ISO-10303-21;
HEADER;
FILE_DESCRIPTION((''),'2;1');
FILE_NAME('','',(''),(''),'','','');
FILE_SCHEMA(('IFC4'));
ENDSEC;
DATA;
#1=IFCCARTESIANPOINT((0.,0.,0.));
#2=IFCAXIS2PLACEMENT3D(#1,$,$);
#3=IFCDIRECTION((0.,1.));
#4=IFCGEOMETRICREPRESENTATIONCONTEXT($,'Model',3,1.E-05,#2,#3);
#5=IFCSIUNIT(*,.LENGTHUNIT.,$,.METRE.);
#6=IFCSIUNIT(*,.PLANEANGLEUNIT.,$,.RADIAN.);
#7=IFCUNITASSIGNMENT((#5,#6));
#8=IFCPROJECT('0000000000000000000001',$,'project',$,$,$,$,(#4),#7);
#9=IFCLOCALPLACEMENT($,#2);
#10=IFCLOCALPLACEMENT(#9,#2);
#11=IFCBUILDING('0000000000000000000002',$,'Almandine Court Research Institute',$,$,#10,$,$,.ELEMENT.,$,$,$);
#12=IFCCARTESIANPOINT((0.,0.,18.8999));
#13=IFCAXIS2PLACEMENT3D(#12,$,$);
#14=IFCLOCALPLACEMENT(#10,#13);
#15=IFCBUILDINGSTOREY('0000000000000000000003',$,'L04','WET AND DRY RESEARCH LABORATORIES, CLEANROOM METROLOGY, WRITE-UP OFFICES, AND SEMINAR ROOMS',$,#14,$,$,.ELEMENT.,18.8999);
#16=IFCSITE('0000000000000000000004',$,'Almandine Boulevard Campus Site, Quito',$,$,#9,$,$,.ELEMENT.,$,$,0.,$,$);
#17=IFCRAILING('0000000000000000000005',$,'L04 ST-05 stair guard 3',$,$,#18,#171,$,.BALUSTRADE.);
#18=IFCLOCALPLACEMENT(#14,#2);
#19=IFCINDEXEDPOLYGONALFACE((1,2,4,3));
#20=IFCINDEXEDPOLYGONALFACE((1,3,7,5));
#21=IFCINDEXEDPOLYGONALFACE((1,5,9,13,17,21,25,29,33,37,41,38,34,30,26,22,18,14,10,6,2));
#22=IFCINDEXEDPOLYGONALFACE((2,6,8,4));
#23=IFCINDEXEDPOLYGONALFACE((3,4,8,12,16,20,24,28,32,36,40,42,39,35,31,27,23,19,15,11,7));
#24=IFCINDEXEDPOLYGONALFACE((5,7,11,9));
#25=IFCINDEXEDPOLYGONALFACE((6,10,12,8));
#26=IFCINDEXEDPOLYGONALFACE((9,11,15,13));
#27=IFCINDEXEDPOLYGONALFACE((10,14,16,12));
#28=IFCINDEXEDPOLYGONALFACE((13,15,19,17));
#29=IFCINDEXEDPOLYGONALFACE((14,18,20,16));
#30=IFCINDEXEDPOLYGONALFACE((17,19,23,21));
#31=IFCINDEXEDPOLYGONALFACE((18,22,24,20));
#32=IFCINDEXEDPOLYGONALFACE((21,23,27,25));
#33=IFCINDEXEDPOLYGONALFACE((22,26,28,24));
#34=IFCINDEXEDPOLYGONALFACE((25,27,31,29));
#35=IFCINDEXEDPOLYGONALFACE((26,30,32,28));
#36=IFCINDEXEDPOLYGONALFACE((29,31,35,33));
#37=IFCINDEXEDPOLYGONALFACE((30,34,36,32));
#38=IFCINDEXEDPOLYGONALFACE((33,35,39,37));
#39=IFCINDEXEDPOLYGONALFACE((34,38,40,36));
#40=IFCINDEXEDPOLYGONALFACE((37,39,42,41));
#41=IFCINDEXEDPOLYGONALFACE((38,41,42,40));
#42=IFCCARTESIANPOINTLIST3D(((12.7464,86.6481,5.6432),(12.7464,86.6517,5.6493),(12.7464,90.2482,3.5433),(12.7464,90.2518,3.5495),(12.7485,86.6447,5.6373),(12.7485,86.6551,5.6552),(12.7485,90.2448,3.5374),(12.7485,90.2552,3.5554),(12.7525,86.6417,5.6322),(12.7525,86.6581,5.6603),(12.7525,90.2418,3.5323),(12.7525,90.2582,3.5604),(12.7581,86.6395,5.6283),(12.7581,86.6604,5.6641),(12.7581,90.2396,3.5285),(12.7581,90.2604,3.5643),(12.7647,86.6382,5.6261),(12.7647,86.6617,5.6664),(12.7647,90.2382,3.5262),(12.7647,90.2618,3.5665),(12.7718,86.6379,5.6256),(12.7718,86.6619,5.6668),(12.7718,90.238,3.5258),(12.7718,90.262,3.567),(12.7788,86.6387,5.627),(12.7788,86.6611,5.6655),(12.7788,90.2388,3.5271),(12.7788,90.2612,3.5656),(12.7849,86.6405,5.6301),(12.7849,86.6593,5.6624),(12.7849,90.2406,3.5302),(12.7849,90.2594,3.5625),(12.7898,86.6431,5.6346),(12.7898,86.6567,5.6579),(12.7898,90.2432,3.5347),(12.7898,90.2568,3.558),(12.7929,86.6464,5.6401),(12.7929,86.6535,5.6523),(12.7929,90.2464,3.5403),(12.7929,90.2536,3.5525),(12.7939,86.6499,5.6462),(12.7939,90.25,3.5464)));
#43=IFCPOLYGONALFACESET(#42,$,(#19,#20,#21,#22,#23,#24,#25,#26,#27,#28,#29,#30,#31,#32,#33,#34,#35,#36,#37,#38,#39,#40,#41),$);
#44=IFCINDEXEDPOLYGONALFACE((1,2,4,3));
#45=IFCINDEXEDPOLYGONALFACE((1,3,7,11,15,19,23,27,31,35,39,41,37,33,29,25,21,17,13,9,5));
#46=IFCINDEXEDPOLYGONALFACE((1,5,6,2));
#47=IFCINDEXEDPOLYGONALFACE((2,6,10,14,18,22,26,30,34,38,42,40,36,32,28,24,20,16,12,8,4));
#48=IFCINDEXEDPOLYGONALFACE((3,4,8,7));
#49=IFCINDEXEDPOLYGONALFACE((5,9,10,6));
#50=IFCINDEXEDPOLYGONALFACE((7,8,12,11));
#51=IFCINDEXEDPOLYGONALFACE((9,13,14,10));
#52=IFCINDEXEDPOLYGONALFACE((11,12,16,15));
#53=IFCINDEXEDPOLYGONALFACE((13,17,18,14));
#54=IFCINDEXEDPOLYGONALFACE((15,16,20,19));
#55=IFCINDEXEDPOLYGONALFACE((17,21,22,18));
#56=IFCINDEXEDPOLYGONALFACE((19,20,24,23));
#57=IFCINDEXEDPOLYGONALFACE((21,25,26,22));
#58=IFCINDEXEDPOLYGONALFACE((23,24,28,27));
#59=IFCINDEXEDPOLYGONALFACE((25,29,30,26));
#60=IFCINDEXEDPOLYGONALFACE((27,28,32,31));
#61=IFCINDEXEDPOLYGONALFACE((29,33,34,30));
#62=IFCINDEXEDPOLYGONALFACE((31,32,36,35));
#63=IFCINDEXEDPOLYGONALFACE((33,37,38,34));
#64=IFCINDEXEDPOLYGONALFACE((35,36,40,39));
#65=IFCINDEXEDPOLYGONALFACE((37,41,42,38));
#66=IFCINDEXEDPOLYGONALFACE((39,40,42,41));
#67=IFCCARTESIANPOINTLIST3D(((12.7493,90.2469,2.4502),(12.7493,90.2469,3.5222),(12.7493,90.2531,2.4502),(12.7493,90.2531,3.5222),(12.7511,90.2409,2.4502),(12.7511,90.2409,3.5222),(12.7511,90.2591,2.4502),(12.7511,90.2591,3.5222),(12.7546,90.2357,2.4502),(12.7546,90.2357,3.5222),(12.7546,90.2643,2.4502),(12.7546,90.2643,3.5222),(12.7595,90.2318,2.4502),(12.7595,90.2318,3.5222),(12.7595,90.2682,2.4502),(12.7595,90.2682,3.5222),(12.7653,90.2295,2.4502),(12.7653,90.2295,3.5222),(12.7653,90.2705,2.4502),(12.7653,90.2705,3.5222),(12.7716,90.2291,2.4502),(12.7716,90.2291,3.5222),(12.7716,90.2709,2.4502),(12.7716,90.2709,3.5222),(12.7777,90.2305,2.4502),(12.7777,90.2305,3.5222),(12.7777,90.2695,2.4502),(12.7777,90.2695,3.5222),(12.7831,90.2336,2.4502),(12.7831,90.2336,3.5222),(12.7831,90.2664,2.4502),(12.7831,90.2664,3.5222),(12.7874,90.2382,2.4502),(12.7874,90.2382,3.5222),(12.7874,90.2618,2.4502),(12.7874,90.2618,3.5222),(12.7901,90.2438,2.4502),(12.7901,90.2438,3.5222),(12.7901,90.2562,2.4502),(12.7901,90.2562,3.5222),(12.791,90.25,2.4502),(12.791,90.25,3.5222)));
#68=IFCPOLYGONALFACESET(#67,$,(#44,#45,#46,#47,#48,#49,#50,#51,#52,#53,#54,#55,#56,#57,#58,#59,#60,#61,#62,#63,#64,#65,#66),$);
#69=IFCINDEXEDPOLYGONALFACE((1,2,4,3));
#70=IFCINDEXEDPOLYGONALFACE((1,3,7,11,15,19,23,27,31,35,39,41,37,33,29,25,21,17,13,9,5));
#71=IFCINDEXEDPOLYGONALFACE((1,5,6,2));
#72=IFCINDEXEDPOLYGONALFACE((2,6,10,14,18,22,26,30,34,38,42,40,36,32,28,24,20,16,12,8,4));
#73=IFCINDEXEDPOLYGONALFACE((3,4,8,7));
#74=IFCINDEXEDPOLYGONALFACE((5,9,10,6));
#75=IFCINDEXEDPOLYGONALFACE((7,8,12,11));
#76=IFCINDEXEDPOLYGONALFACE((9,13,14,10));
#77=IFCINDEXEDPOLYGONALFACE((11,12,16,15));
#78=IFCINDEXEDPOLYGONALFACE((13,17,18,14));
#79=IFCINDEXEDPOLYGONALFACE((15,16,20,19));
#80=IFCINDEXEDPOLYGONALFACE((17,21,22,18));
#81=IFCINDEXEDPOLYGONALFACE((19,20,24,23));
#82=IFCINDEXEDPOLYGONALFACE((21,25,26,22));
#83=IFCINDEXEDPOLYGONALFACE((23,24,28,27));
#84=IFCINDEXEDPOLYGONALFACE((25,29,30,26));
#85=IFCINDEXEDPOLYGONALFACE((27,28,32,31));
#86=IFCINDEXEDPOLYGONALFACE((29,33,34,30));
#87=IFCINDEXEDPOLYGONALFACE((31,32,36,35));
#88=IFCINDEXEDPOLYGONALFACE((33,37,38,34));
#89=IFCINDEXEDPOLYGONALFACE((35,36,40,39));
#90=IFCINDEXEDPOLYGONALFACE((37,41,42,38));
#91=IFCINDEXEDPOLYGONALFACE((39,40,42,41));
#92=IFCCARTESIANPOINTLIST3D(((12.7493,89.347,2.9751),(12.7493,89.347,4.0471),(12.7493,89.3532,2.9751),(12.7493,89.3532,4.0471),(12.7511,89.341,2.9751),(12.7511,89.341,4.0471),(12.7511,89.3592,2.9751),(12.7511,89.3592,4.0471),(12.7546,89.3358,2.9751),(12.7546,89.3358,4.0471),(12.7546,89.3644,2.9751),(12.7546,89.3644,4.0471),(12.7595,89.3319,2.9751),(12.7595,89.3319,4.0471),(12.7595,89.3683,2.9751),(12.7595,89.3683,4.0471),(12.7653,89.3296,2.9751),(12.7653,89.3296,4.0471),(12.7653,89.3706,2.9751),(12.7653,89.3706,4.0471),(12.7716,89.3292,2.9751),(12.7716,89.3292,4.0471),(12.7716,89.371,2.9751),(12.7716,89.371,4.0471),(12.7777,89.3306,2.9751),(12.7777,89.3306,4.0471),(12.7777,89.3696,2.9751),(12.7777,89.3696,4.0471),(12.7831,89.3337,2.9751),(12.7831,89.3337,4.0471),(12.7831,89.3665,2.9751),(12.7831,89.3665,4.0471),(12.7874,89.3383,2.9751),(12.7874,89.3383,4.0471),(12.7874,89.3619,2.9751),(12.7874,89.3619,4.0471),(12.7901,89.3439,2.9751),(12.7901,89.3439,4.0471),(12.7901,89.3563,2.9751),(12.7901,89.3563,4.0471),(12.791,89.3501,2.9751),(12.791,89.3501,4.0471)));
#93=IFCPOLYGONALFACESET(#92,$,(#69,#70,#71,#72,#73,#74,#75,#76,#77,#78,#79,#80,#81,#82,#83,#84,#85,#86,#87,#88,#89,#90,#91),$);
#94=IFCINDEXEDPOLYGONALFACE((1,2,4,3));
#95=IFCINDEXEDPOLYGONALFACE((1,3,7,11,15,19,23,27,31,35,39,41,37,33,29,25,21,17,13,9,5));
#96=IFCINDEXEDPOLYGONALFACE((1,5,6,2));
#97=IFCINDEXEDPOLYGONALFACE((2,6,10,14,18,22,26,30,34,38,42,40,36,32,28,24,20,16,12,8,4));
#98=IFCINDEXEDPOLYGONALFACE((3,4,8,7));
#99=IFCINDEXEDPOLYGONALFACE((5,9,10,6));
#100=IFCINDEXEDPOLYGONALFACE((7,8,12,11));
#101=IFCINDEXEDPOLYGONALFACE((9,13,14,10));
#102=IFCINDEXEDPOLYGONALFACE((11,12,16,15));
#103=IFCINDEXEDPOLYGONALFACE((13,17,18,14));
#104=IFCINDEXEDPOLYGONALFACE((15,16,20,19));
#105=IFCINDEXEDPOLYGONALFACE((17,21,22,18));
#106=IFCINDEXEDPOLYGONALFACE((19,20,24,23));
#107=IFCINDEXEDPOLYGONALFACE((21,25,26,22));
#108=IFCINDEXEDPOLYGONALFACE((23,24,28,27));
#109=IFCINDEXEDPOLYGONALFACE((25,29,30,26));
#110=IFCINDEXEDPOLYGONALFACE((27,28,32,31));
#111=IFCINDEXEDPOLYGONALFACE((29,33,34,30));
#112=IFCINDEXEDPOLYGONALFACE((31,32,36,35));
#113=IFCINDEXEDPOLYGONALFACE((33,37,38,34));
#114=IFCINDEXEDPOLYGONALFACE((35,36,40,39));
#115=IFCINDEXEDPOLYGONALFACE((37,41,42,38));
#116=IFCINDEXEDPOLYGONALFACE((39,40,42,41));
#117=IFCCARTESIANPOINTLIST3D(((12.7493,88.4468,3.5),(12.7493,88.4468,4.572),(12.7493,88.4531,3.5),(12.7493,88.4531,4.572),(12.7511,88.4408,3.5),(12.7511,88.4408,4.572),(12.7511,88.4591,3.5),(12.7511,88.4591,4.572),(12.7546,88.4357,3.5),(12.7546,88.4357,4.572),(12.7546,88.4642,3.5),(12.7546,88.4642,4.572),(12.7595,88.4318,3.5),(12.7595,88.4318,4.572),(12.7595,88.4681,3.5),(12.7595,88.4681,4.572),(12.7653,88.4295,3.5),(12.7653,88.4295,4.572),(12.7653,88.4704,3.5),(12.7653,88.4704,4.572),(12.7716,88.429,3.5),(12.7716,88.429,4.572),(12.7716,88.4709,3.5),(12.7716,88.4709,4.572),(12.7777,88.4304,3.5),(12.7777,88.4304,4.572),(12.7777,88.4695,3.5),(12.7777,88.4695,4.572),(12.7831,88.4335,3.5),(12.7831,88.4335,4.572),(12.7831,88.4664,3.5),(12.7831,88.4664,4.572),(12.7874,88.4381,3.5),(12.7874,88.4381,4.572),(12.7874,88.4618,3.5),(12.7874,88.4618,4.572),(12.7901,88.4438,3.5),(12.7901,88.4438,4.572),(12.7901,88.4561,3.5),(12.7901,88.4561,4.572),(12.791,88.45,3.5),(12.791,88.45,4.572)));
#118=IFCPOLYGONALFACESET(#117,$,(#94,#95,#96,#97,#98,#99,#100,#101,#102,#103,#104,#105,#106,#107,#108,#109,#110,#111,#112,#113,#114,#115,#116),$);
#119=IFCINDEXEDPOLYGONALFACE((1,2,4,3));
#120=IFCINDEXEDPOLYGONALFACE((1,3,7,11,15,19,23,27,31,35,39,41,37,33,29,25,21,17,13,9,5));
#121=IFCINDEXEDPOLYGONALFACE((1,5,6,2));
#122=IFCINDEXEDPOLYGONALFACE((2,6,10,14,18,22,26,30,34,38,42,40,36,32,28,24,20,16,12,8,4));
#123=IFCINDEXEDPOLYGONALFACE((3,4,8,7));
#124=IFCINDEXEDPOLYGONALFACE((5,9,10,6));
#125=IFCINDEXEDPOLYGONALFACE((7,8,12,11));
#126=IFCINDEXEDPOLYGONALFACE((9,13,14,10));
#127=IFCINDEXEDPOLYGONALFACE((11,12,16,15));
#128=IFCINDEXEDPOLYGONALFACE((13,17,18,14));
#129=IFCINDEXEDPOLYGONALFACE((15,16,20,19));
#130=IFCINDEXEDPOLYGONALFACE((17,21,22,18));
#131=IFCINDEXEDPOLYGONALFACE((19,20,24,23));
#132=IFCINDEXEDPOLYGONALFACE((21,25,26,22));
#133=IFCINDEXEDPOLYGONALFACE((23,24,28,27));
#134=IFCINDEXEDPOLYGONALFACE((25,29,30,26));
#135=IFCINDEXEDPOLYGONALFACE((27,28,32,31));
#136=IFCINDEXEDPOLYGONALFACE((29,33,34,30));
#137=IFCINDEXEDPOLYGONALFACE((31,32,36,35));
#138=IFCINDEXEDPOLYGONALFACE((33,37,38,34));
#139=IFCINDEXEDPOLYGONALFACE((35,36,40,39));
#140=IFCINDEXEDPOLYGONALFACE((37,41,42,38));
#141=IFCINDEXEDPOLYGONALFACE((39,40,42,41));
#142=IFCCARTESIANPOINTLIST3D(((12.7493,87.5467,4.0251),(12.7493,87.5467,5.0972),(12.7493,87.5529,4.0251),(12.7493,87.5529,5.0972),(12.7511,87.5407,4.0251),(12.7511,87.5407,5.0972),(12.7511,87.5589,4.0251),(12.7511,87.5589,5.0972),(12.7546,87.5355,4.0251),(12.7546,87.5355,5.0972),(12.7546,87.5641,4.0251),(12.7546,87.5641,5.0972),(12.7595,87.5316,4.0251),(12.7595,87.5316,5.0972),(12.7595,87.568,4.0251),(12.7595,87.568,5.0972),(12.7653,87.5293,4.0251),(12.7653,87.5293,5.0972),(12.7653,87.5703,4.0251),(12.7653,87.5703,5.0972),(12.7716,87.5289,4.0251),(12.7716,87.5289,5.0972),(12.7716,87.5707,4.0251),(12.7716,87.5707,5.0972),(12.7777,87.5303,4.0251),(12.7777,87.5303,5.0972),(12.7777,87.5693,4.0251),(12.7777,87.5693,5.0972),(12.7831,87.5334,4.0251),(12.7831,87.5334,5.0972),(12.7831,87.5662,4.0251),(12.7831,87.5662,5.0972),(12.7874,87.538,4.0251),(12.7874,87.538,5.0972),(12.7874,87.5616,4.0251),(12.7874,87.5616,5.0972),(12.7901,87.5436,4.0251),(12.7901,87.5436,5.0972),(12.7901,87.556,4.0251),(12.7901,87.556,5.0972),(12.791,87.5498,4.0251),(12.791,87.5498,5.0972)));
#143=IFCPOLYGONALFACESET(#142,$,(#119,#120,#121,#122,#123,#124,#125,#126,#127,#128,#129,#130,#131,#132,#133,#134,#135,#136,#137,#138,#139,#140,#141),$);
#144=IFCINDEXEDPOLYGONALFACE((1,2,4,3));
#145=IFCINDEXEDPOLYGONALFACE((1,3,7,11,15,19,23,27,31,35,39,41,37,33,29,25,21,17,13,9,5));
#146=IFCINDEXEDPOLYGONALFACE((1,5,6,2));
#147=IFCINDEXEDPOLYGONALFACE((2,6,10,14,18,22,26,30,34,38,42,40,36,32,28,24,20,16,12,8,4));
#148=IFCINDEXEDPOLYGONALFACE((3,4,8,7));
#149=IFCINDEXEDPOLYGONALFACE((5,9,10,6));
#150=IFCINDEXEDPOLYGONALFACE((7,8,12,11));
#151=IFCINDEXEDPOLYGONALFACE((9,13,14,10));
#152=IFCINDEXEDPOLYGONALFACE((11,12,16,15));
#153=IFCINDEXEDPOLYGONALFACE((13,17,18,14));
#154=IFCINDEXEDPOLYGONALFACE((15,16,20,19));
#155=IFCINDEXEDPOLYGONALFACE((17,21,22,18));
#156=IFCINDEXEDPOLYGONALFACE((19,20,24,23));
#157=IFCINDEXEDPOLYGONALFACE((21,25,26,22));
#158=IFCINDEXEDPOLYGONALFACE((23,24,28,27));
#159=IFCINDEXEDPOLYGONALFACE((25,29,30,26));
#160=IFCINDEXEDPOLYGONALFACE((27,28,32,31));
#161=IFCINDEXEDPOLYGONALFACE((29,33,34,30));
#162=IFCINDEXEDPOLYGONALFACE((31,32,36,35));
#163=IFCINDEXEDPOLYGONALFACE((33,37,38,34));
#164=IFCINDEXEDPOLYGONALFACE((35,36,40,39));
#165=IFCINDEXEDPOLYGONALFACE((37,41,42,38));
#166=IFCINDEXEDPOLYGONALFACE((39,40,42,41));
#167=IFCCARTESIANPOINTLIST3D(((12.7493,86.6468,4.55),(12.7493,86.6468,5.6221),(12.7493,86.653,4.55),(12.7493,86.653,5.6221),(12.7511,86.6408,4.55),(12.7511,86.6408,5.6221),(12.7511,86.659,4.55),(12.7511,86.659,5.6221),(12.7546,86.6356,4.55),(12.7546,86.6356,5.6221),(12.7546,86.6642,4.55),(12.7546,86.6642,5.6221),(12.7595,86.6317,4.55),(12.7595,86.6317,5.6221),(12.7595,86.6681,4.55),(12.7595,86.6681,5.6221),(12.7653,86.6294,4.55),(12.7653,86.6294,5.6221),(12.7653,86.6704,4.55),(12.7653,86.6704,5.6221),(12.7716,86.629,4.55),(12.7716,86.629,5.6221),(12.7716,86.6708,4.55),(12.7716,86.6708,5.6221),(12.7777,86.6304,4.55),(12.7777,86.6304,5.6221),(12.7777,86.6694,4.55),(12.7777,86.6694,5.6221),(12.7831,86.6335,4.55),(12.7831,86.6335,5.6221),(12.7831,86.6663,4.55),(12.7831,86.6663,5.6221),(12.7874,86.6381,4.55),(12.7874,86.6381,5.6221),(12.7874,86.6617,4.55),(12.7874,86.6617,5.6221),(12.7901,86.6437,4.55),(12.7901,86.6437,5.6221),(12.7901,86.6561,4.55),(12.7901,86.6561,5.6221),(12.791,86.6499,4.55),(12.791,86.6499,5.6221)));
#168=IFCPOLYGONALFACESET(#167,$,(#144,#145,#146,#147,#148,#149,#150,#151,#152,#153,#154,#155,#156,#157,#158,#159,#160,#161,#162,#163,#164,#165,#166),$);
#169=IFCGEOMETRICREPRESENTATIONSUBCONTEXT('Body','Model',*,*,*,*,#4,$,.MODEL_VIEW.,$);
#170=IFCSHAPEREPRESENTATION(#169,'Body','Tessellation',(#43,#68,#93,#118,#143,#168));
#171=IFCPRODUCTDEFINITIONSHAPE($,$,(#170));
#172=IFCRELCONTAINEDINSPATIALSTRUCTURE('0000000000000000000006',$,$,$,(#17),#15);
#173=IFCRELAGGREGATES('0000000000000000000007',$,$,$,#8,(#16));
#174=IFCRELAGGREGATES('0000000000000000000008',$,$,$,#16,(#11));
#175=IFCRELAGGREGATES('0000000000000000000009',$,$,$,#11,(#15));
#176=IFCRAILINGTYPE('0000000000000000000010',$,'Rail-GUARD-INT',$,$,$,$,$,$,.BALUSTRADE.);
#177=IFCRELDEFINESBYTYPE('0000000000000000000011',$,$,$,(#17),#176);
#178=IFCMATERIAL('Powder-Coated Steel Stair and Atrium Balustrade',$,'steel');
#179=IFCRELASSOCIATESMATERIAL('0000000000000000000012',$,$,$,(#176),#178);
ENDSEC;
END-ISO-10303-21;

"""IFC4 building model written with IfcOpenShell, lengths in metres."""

from ifc_helpers import new_model, si_unit, direction, frame, origin, origin_2d, place, context, subcontext, project, spatial, circle, extrude, material, type_object, element, save


model = new_model("IFC4")

# Units and contexts
model_context = context("Model", 3, precision=1e-05, world=origin(), true_north=direction((0.0, 1.0)))
body_context = subcontext(model_context, "Body", "Model", "MODEL_VIEW")
ifc_project = project(units=[si_unit("LENGTHUNIT", "METRE"), si_unit("PLANEANGLEUNIT", "RADIAN")], contexts=[model_context])

# Site, building, storey
site_placement = place(None, origin())
site = spatial("IfcSite", under=ifc_project, at=site_placement, Name="Almandine Boulevard Campus Site, Quito", CompositionType="ELEMENT", RefElevation=0.0)
building_placement = place(site_placement, origin())
building = spatial("IfcBuilding", under=site, at=building_placement, Name="Almandine Court Research Institute", CompositionType="ELEMENT")
storey_placement = place(building_placement, frame((0.0, 0.0, 18.8999)))
storey = spatial("IfcBuildingStorey", under=building, at=storey_placement, Name="L04", Description="WET AND DRY RESEARCH LABORATORIES, CLEANROOM METROLOGY, WRITE-UP OFFICES, AND SEMINAR ROOMS", CompositionType="ELEMENT", Elevation=18.8999)

# Railing
ifc_material_1 = material(Name="Powder-Coated Steel Stair and Atrium Balustrade", Category="steel")
railing_type_1 = type_object("IfcRailingType", Name="Rail-GUARD-INT", PredefinedType="BALUSTRADE", material=ifc_material_1)
railing_1_placement = place(storey_placement, frame((12.77, 90.25, 2.4502)))
element("IfcRailing", 1, at=railing_1_placement, inside=storey, type_object=railing_type_1, Name="L04 ST-05 stair guard 3", PredefinedType="BALUSTRADE", context=body_context, shape_type="SweptSolid", body=[
    extrude(circle(Radius=0.0239, at=origin_2d()), frame((0.0, 0.0, 1.0962), z_axis=(0.0, -0.8638, 0.503835), x_axis=(1.0, 0.0, 0.0)), (0.0, 0.0, 1.0), 4.1677),
    extrude(circle(Radius=0.021, at=origin_2d()), origin(), (0.0, 0.0, 1.0), 1.072),
    extrude(circle(Radius=0.021, at=origin_2d()), frame((0.0, -0.8999, 0.5249)), (0.0, 0.0, 1.0), 1.072),
    extrude(circle(Radius=0.021, at=origin_2d()), frame((0.0, -1.8, 1.0498)), (0.0, 0.0, 1.0), 1.072),
    extrude(circle(Radius=0.021, at=origin_2d()), frame((0.0, -2.7002, 1.575)), (0.0, 0.0, 1.0), 1.072),
    extrude(circle(Radius=0.021, at=origin_2d()), frame((0.0, -3.6001, 2.0999)), (0.0, 0.0, 1.0), 1.072),
])

save(model, "model.ifc")
